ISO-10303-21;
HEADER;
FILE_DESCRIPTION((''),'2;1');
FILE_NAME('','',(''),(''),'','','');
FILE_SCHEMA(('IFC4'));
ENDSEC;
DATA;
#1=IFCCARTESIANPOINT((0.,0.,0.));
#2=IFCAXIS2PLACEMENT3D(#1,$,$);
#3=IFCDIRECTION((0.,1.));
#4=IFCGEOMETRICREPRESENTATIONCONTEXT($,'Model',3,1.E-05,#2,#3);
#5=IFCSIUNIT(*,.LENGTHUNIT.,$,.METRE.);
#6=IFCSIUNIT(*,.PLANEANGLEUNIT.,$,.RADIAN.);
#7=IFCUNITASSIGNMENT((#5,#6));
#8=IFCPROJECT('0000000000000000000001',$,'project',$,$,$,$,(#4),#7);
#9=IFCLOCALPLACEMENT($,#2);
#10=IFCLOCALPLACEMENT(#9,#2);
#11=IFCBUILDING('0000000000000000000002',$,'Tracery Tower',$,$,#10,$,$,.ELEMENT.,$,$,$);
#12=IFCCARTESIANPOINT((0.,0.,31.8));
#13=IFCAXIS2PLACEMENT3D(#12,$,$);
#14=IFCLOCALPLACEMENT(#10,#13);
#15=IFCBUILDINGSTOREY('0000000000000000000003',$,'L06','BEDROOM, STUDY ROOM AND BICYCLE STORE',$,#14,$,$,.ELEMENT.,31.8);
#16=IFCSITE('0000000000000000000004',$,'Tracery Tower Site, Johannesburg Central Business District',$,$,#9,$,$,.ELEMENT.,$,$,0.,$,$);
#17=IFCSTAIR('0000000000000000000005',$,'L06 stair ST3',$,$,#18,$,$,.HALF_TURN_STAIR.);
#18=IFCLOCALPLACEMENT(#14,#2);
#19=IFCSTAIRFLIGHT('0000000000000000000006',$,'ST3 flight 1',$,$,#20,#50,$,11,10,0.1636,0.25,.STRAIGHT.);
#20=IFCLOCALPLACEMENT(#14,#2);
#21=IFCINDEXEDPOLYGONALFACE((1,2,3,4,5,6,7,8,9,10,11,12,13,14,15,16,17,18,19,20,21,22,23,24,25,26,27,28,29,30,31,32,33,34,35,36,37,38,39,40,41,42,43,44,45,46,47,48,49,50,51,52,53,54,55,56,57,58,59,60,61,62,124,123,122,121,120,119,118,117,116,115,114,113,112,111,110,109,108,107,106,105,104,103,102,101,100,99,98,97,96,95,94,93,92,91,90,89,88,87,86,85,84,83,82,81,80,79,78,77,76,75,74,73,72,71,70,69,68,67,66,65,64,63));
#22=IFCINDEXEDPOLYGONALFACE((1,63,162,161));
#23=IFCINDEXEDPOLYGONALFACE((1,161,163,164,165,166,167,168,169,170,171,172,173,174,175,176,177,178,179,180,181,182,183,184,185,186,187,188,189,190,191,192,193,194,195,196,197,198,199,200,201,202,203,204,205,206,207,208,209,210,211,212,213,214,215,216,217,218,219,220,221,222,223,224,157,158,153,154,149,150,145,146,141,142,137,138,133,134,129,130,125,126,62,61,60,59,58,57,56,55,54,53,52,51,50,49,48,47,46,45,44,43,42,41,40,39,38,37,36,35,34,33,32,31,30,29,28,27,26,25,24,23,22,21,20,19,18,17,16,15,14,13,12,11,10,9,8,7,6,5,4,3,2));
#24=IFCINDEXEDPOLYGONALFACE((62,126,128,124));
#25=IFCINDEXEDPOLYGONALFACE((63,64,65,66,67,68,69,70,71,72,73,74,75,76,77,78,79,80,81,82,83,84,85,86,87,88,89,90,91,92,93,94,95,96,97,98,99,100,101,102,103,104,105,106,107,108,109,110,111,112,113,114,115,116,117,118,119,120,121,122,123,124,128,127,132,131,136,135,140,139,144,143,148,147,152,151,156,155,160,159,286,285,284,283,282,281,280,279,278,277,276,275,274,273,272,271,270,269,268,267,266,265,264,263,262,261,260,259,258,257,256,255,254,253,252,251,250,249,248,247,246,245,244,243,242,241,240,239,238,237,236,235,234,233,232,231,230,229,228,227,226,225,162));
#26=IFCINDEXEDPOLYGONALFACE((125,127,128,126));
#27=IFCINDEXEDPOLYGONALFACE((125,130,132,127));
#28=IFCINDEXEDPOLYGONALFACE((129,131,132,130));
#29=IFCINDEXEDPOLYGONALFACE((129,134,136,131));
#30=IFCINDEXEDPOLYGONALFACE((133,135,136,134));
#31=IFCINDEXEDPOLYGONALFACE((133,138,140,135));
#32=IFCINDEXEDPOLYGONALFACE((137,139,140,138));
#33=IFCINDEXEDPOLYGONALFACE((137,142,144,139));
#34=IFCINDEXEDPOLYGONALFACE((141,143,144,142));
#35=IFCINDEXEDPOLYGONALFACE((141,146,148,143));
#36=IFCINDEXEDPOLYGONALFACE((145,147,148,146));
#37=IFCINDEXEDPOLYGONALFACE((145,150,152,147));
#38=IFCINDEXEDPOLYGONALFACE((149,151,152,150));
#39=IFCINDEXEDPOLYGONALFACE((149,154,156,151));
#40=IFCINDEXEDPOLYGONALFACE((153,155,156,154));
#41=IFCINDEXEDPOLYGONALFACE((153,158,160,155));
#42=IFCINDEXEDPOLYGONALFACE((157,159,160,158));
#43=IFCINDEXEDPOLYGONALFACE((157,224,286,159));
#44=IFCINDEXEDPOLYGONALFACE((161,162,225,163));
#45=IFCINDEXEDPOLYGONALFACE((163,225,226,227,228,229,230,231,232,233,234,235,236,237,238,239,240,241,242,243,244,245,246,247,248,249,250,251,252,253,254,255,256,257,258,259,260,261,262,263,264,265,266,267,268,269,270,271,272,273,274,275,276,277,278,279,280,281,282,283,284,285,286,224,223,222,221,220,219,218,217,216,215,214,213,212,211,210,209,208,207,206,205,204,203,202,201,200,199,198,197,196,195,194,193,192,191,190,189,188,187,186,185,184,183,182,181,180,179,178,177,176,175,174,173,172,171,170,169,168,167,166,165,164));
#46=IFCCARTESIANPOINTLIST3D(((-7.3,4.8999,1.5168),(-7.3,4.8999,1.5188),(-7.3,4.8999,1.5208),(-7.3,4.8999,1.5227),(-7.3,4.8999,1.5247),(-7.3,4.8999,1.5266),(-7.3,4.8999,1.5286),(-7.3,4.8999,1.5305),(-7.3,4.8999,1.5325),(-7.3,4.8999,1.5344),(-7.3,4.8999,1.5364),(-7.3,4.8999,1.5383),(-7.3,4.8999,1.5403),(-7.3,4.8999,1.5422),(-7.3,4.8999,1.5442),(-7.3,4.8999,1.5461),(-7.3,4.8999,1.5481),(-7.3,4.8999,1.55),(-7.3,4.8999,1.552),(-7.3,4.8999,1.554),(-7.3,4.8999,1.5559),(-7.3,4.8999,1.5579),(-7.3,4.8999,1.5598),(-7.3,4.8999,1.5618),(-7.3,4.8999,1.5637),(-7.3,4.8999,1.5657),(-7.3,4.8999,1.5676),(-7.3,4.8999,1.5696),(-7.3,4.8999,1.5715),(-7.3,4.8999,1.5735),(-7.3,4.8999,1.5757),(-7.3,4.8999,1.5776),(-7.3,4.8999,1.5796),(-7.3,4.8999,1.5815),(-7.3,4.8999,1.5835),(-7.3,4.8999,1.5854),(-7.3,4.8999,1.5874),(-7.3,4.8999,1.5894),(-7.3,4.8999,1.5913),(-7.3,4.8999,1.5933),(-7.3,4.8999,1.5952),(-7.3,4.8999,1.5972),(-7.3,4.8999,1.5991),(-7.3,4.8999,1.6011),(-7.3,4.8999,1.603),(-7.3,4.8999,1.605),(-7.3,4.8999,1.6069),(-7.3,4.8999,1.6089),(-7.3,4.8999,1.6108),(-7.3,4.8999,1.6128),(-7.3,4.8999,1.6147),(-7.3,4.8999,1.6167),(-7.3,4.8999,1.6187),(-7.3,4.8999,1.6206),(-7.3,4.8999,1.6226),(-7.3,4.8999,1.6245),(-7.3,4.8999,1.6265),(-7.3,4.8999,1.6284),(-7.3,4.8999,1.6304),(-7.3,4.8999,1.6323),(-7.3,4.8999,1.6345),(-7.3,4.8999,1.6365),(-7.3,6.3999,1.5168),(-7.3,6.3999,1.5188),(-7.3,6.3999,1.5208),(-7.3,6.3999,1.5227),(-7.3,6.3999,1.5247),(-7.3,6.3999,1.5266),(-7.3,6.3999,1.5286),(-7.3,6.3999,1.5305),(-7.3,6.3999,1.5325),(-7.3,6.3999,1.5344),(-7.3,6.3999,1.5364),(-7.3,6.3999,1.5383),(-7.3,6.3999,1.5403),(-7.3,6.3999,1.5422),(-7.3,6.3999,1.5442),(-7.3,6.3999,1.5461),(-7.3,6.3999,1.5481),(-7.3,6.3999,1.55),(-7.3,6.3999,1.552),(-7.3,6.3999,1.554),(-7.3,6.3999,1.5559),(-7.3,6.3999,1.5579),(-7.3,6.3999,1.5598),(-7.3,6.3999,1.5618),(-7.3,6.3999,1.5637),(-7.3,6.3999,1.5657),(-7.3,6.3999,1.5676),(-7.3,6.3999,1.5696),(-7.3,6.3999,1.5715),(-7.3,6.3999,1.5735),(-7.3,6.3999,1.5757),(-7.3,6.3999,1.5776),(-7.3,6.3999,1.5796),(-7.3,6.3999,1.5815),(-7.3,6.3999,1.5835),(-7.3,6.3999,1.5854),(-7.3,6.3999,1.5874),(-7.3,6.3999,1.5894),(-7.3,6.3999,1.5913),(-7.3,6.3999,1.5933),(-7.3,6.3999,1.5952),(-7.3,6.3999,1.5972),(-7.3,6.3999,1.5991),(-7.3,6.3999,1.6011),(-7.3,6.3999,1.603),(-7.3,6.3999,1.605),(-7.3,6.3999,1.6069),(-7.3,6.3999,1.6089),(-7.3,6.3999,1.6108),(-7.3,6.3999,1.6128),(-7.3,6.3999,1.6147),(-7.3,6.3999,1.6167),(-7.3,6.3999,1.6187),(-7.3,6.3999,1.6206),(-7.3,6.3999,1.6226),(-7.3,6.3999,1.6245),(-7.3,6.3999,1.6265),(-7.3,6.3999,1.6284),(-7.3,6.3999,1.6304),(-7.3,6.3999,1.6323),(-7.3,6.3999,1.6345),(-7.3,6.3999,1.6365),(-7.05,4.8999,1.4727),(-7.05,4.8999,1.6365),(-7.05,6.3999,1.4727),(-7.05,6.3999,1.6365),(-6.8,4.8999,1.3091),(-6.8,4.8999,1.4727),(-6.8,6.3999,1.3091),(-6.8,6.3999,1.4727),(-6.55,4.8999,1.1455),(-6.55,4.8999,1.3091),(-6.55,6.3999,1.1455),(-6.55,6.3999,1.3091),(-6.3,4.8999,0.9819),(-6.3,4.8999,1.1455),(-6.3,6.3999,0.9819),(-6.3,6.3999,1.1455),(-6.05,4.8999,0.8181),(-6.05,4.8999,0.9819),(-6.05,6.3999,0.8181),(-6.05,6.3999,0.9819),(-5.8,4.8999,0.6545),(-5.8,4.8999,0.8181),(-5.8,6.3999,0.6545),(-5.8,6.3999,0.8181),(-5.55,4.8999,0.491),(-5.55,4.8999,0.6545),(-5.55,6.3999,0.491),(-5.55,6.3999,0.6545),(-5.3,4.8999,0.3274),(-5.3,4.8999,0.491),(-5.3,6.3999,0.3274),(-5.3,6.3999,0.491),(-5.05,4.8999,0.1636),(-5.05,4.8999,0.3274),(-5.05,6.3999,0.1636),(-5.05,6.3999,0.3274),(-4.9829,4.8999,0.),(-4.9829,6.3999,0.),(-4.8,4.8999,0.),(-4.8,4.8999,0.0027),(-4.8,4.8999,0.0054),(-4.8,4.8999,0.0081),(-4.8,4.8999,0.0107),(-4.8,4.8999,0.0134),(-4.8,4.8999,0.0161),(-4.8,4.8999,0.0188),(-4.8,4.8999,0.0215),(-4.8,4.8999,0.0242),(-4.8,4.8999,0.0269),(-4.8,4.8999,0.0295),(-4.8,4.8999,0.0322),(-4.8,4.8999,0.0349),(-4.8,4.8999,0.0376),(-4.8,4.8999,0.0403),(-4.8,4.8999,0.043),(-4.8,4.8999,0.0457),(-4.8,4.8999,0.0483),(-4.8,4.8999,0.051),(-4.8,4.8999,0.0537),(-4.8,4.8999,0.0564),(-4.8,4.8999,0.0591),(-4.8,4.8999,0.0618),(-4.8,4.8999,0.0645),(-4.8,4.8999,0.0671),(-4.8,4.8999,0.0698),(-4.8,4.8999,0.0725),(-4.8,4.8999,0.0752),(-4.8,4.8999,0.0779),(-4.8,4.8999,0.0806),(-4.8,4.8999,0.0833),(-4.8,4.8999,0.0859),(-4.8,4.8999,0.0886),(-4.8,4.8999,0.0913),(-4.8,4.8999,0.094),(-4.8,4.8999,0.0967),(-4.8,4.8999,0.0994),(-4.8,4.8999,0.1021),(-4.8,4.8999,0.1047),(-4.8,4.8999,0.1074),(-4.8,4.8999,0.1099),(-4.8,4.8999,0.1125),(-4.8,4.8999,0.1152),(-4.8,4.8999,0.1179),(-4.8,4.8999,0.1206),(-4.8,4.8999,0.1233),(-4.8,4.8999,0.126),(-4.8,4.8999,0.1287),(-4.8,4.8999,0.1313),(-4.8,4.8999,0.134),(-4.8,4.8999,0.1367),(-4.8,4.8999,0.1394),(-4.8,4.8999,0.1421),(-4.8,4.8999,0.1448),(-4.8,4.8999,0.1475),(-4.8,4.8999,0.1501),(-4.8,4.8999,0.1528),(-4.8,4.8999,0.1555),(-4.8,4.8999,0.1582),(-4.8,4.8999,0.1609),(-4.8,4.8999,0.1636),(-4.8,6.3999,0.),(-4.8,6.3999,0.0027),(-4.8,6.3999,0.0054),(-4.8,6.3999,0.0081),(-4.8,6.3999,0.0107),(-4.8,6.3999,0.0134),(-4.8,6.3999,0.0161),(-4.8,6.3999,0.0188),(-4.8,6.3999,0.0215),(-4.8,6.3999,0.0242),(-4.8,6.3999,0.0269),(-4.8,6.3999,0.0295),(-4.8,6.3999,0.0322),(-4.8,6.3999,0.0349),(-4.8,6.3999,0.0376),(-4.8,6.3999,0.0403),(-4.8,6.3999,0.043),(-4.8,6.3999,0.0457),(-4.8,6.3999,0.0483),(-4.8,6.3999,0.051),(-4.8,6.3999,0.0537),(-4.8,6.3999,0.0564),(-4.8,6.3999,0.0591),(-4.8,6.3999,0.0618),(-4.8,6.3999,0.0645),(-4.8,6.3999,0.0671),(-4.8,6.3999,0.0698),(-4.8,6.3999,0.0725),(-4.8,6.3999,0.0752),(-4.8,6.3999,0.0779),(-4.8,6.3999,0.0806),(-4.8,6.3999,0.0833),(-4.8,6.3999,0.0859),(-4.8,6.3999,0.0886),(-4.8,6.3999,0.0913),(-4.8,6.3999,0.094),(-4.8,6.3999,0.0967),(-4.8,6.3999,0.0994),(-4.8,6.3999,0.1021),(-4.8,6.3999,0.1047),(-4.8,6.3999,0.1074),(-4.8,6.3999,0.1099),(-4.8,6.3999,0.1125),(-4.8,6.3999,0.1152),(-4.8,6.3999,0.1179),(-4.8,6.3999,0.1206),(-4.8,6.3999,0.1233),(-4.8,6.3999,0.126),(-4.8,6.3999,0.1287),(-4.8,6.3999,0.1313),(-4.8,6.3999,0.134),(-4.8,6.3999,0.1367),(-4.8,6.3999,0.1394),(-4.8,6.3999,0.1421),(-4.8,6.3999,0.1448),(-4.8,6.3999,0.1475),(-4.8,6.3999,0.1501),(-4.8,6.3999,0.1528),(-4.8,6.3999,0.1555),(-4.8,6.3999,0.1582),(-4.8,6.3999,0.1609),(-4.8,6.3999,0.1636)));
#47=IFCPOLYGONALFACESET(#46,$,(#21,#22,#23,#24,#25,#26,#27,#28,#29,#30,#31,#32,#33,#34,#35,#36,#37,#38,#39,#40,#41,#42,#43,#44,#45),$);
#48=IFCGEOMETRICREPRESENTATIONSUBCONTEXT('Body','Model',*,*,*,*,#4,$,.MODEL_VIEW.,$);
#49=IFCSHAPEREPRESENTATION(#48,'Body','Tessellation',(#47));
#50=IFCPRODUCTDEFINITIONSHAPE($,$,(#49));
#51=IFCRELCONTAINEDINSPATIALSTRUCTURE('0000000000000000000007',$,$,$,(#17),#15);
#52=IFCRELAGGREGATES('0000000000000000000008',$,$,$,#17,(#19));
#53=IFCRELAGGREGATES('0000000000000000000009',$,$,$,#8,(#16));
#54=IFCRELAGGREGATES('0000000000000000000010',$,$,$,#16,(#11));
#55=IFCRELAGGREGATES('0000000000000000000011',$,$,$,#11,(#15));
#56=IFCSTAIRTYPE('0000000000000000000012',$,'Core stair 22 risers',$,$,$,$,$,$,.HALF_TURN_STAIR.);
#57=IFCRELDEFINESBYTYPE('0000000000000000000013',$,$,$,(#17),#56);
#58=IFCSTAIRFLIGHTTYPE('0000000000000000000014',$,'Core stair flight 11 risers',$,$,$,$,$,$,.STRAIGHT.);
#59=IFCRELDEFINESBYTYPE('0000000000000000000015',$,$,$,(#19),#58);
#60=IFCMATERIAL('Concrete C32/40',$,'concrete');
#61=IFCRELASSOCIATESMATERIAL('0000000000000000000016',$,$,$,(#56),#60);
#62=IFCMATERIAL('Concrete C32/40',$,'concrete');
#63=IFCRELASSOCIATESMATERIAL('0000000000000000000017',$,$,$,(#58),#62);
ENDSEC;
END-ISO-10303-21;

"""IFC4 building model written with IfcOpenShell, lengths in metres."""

from ifc_helpers import new_model, si_unit, direction, frame, origin, place, context, subcontext, project, spatial, polyline, outline, extrude, material, type_object, element, aggregate, save


model = new_model("IFC4")

# Units and contexts
model_context = context("Model", 3, precision=1e-05, world=origin(), true_north=direction((0.0, 1.0)))
body_context = subcontext(model_context, "Body", "Model", "MODEL_VIEW")
ifc_project = project(units=[si_unit("LENGTHUNIT", "METRE"), si_unit("PLANEANGLEUNIT", "RADIAN")], contexts=[model_context])

# Site, building, storey
site_placement = place(None, origin())
site = spatial("IfcSite", under=ifc_project, at=site_placement, Name="Tracery Tower Site, Johannesburg Central Business District", CompositionType="ELEMENT", RefElevation=0.0)
building_placement = place(site_placement, origin())
building = spatial("IfcBuilding", under=site, at=building_placement, Name="Tracery Tower", CompositionType="ELEMENT")
storey_placement = place(building_placement, frame((0.0, 0.0, 31.8)))
storey = spatial("IfcBuildingStorey", under=building, at=storey_placement, Name="L06", Description="BEDROOM, STUDY ROOM AND BICYCLE STORE", CompositionType="ELEMENT", Elevation=31.8)

# Stair, stair flight
ifc_material_1 = material(Name="Concrete C32/40", Category="concrete")
stair_type = type_object("IfcStairType", Name="Core stair 22 risers", PredefinedType="HALF_TURN_STAIR", material=ifc_material_1)
stair_placement = place(storey_placement, origin())
stair = element("IfcStair", 1, at=stair_placement, inside=storey, type_object=stair_type, Name="L06 stair ST3", PredefinedType="HALF_TURN_STAIR")
ifc_material_2 = material(Name="Concrete C32/40", Category="concrete")
stair_flight_type = type_object("IfcStairFlightType", Name="Core stair flight 11 risers", PredefinedType="STRAIGHT", material=ifc_material_2)
stair_flight_1_placement = place(storey_placement, frame((-4.8, 5.6499, 0.0), z_axis=(0.0, 0.0, 1.0), x_axis=(-1.0, 0.0, 0.0)))
stair_flight_1 = element("IfcStairFlight", 2, at=stair_flight_1_placement, type_object=stair_flight_type, Name="ST3 flight 1", NumberOfRisers=11, NumberOfTreads=10, PredefinedType="STRAIGHT", RiserHeight=0.1636, TreadLength=0.25, context=body_context, shape_type="SweptSolid", body=[
    extrude(outline(polyline([(0.0, 0.0), (0.0, 0.0027), (0.0, 0.0054), (0.0, 0.0081), (0.0, 0.0107), (0.0, 0.0134), (0.0, 0.0161), (0.0, 0.0188), (0.0, 0.0215), (0.0, 0.0242), (0.0, 0.0269), (0.0, 0.0295), (0.0, 0.0322), (0.0, 0.0349), (0.0, 0.0376), (0.0, 0.0403), (0.0, 0.043), (0.0, 0.0457), (0.0, 0.0483), (0.0, 0.051), (0.0, 0.0537), (0.0, 0.0564), (0.0, 0.0591), (0.0, 0.0618), (0.0, 0.0645), (0.0, 0.0671), (0.0, 0.0698), (0.0, 0.0725), (0.0, 0.0752), (0.0, 0.0779), (0.0, 0.0806), (0.0, 0.0833), (0.0, 0.0859), (0.0, 0.0886), (0.0, 0.0913), (0.0, 0.094), (0.0, 0.0967), (0.0, 0.0994), (0.0, 0.1021), (0.0, 0.1047), (0.0, 0.1074), (0.0, 0.1099), (0.0, 0.1125), (0.0, 0.1152), (0.0, 0.1179), (0.0, 0.1206), (0.0, 0.1233), (0.0, 0.126), (0.0, 0.1287), (0.0, 0.1313), (0.0, 0.134), (0.0, 0.1367), (0.0, 0.1394), (0.0, 0.1421), (0.0, 0.1448), (0.0, 0.1475), (0.0, 0.1501), (0.0, 0.1528), (0.0, 0.1555), (0.0, 0.1582), (0.0, 0.1609), (0.0, 0.1636), (0.25, 0.1636), (0.25, 0.3274), (0.5, 0.3274), (0.5, 0.491), (0.75, 0.491), (0.75, 0.6545), (1.0, 0.6545), (1.0, 0.8181), (1.25, 0.8181), (1.25, 0.9819), (1.5, 0.9819), (1.5, 1.1455), (1.75, 1.1455), (1.75, 1.3091), (2.0, 1.3091), (2.0, 1.4727), (2.25, 1.4727), (2.25, 1.6365), (2.5, 1.6365), (2.5, 1.6345), (2.5, 1.6323), (2.5, 1.6304), (2.5, 1.6284), (2.5, 1.6265), (2.5, 1.6245), (2.5, 1.6226), (2.5, 1.6206), (2.5, 1.6187), (2.5, 1.6167), (2.5, 1.6147), (2.5, 1.6128), (2.5, 1.6108), (2.5, 1.6089), (2.5, 1.6069), (2.5, 1.605), (2.5, 1.603), (2.5, 1.6011), (2.5, 1.5991), (2.5, 1.5972), (2.5, 1.5952), (2.5, 1.5933), (2.5, 1.5913), (2.5, 1.5894), (2.5, 1.5874), (2.5, 1.5854), (2.5, 1.5835), (2.5, 1.5815), (2.5, 1.5796), (2.5, 1.5776), (2.5, 1.5757), (2.5, 1.5735), (2.5, 1.5715), (2.5, 1.5696), (2.5, 1.5676), (2.5, 1.5657), (2.5, 1.5637), (2.5, 1.5618), (2.5, 1.5598), (2.5, 1.5579), (2.5, 1.5559), (2.5, 1.554), (2.5, 1.552), (2.5, 1.55), (2.5, 1.5481), (2.5, 1.5461), (2.5, 1.5442), (2.5, 1.5422), (2.5, 1.5403), (2.5, 1.5383), (2.5, 1.5364), (2.5, 1.5344), (2.5, 1.5325), (2.5, 1.5305), (2.5, 1.5286), (2.5, 1.5266), (2.5, 1.5247), (2.5, 1.5227), (2.5, 1.5208), (2.5, 1.5188), (2.5, 1.5168), (0.1829, 0.0), (0.0, 0.0)])), frame((0.0, 0.75, 0.0), z_axis=(0.0, -1.0, 0.0), x_axis=(1.0, 0.0, 0.0)), (0.0, 0.0, 1.0), 1.5),
])
aggregate(stair, [stair_flight_1])

save(model, "model.ifc")
